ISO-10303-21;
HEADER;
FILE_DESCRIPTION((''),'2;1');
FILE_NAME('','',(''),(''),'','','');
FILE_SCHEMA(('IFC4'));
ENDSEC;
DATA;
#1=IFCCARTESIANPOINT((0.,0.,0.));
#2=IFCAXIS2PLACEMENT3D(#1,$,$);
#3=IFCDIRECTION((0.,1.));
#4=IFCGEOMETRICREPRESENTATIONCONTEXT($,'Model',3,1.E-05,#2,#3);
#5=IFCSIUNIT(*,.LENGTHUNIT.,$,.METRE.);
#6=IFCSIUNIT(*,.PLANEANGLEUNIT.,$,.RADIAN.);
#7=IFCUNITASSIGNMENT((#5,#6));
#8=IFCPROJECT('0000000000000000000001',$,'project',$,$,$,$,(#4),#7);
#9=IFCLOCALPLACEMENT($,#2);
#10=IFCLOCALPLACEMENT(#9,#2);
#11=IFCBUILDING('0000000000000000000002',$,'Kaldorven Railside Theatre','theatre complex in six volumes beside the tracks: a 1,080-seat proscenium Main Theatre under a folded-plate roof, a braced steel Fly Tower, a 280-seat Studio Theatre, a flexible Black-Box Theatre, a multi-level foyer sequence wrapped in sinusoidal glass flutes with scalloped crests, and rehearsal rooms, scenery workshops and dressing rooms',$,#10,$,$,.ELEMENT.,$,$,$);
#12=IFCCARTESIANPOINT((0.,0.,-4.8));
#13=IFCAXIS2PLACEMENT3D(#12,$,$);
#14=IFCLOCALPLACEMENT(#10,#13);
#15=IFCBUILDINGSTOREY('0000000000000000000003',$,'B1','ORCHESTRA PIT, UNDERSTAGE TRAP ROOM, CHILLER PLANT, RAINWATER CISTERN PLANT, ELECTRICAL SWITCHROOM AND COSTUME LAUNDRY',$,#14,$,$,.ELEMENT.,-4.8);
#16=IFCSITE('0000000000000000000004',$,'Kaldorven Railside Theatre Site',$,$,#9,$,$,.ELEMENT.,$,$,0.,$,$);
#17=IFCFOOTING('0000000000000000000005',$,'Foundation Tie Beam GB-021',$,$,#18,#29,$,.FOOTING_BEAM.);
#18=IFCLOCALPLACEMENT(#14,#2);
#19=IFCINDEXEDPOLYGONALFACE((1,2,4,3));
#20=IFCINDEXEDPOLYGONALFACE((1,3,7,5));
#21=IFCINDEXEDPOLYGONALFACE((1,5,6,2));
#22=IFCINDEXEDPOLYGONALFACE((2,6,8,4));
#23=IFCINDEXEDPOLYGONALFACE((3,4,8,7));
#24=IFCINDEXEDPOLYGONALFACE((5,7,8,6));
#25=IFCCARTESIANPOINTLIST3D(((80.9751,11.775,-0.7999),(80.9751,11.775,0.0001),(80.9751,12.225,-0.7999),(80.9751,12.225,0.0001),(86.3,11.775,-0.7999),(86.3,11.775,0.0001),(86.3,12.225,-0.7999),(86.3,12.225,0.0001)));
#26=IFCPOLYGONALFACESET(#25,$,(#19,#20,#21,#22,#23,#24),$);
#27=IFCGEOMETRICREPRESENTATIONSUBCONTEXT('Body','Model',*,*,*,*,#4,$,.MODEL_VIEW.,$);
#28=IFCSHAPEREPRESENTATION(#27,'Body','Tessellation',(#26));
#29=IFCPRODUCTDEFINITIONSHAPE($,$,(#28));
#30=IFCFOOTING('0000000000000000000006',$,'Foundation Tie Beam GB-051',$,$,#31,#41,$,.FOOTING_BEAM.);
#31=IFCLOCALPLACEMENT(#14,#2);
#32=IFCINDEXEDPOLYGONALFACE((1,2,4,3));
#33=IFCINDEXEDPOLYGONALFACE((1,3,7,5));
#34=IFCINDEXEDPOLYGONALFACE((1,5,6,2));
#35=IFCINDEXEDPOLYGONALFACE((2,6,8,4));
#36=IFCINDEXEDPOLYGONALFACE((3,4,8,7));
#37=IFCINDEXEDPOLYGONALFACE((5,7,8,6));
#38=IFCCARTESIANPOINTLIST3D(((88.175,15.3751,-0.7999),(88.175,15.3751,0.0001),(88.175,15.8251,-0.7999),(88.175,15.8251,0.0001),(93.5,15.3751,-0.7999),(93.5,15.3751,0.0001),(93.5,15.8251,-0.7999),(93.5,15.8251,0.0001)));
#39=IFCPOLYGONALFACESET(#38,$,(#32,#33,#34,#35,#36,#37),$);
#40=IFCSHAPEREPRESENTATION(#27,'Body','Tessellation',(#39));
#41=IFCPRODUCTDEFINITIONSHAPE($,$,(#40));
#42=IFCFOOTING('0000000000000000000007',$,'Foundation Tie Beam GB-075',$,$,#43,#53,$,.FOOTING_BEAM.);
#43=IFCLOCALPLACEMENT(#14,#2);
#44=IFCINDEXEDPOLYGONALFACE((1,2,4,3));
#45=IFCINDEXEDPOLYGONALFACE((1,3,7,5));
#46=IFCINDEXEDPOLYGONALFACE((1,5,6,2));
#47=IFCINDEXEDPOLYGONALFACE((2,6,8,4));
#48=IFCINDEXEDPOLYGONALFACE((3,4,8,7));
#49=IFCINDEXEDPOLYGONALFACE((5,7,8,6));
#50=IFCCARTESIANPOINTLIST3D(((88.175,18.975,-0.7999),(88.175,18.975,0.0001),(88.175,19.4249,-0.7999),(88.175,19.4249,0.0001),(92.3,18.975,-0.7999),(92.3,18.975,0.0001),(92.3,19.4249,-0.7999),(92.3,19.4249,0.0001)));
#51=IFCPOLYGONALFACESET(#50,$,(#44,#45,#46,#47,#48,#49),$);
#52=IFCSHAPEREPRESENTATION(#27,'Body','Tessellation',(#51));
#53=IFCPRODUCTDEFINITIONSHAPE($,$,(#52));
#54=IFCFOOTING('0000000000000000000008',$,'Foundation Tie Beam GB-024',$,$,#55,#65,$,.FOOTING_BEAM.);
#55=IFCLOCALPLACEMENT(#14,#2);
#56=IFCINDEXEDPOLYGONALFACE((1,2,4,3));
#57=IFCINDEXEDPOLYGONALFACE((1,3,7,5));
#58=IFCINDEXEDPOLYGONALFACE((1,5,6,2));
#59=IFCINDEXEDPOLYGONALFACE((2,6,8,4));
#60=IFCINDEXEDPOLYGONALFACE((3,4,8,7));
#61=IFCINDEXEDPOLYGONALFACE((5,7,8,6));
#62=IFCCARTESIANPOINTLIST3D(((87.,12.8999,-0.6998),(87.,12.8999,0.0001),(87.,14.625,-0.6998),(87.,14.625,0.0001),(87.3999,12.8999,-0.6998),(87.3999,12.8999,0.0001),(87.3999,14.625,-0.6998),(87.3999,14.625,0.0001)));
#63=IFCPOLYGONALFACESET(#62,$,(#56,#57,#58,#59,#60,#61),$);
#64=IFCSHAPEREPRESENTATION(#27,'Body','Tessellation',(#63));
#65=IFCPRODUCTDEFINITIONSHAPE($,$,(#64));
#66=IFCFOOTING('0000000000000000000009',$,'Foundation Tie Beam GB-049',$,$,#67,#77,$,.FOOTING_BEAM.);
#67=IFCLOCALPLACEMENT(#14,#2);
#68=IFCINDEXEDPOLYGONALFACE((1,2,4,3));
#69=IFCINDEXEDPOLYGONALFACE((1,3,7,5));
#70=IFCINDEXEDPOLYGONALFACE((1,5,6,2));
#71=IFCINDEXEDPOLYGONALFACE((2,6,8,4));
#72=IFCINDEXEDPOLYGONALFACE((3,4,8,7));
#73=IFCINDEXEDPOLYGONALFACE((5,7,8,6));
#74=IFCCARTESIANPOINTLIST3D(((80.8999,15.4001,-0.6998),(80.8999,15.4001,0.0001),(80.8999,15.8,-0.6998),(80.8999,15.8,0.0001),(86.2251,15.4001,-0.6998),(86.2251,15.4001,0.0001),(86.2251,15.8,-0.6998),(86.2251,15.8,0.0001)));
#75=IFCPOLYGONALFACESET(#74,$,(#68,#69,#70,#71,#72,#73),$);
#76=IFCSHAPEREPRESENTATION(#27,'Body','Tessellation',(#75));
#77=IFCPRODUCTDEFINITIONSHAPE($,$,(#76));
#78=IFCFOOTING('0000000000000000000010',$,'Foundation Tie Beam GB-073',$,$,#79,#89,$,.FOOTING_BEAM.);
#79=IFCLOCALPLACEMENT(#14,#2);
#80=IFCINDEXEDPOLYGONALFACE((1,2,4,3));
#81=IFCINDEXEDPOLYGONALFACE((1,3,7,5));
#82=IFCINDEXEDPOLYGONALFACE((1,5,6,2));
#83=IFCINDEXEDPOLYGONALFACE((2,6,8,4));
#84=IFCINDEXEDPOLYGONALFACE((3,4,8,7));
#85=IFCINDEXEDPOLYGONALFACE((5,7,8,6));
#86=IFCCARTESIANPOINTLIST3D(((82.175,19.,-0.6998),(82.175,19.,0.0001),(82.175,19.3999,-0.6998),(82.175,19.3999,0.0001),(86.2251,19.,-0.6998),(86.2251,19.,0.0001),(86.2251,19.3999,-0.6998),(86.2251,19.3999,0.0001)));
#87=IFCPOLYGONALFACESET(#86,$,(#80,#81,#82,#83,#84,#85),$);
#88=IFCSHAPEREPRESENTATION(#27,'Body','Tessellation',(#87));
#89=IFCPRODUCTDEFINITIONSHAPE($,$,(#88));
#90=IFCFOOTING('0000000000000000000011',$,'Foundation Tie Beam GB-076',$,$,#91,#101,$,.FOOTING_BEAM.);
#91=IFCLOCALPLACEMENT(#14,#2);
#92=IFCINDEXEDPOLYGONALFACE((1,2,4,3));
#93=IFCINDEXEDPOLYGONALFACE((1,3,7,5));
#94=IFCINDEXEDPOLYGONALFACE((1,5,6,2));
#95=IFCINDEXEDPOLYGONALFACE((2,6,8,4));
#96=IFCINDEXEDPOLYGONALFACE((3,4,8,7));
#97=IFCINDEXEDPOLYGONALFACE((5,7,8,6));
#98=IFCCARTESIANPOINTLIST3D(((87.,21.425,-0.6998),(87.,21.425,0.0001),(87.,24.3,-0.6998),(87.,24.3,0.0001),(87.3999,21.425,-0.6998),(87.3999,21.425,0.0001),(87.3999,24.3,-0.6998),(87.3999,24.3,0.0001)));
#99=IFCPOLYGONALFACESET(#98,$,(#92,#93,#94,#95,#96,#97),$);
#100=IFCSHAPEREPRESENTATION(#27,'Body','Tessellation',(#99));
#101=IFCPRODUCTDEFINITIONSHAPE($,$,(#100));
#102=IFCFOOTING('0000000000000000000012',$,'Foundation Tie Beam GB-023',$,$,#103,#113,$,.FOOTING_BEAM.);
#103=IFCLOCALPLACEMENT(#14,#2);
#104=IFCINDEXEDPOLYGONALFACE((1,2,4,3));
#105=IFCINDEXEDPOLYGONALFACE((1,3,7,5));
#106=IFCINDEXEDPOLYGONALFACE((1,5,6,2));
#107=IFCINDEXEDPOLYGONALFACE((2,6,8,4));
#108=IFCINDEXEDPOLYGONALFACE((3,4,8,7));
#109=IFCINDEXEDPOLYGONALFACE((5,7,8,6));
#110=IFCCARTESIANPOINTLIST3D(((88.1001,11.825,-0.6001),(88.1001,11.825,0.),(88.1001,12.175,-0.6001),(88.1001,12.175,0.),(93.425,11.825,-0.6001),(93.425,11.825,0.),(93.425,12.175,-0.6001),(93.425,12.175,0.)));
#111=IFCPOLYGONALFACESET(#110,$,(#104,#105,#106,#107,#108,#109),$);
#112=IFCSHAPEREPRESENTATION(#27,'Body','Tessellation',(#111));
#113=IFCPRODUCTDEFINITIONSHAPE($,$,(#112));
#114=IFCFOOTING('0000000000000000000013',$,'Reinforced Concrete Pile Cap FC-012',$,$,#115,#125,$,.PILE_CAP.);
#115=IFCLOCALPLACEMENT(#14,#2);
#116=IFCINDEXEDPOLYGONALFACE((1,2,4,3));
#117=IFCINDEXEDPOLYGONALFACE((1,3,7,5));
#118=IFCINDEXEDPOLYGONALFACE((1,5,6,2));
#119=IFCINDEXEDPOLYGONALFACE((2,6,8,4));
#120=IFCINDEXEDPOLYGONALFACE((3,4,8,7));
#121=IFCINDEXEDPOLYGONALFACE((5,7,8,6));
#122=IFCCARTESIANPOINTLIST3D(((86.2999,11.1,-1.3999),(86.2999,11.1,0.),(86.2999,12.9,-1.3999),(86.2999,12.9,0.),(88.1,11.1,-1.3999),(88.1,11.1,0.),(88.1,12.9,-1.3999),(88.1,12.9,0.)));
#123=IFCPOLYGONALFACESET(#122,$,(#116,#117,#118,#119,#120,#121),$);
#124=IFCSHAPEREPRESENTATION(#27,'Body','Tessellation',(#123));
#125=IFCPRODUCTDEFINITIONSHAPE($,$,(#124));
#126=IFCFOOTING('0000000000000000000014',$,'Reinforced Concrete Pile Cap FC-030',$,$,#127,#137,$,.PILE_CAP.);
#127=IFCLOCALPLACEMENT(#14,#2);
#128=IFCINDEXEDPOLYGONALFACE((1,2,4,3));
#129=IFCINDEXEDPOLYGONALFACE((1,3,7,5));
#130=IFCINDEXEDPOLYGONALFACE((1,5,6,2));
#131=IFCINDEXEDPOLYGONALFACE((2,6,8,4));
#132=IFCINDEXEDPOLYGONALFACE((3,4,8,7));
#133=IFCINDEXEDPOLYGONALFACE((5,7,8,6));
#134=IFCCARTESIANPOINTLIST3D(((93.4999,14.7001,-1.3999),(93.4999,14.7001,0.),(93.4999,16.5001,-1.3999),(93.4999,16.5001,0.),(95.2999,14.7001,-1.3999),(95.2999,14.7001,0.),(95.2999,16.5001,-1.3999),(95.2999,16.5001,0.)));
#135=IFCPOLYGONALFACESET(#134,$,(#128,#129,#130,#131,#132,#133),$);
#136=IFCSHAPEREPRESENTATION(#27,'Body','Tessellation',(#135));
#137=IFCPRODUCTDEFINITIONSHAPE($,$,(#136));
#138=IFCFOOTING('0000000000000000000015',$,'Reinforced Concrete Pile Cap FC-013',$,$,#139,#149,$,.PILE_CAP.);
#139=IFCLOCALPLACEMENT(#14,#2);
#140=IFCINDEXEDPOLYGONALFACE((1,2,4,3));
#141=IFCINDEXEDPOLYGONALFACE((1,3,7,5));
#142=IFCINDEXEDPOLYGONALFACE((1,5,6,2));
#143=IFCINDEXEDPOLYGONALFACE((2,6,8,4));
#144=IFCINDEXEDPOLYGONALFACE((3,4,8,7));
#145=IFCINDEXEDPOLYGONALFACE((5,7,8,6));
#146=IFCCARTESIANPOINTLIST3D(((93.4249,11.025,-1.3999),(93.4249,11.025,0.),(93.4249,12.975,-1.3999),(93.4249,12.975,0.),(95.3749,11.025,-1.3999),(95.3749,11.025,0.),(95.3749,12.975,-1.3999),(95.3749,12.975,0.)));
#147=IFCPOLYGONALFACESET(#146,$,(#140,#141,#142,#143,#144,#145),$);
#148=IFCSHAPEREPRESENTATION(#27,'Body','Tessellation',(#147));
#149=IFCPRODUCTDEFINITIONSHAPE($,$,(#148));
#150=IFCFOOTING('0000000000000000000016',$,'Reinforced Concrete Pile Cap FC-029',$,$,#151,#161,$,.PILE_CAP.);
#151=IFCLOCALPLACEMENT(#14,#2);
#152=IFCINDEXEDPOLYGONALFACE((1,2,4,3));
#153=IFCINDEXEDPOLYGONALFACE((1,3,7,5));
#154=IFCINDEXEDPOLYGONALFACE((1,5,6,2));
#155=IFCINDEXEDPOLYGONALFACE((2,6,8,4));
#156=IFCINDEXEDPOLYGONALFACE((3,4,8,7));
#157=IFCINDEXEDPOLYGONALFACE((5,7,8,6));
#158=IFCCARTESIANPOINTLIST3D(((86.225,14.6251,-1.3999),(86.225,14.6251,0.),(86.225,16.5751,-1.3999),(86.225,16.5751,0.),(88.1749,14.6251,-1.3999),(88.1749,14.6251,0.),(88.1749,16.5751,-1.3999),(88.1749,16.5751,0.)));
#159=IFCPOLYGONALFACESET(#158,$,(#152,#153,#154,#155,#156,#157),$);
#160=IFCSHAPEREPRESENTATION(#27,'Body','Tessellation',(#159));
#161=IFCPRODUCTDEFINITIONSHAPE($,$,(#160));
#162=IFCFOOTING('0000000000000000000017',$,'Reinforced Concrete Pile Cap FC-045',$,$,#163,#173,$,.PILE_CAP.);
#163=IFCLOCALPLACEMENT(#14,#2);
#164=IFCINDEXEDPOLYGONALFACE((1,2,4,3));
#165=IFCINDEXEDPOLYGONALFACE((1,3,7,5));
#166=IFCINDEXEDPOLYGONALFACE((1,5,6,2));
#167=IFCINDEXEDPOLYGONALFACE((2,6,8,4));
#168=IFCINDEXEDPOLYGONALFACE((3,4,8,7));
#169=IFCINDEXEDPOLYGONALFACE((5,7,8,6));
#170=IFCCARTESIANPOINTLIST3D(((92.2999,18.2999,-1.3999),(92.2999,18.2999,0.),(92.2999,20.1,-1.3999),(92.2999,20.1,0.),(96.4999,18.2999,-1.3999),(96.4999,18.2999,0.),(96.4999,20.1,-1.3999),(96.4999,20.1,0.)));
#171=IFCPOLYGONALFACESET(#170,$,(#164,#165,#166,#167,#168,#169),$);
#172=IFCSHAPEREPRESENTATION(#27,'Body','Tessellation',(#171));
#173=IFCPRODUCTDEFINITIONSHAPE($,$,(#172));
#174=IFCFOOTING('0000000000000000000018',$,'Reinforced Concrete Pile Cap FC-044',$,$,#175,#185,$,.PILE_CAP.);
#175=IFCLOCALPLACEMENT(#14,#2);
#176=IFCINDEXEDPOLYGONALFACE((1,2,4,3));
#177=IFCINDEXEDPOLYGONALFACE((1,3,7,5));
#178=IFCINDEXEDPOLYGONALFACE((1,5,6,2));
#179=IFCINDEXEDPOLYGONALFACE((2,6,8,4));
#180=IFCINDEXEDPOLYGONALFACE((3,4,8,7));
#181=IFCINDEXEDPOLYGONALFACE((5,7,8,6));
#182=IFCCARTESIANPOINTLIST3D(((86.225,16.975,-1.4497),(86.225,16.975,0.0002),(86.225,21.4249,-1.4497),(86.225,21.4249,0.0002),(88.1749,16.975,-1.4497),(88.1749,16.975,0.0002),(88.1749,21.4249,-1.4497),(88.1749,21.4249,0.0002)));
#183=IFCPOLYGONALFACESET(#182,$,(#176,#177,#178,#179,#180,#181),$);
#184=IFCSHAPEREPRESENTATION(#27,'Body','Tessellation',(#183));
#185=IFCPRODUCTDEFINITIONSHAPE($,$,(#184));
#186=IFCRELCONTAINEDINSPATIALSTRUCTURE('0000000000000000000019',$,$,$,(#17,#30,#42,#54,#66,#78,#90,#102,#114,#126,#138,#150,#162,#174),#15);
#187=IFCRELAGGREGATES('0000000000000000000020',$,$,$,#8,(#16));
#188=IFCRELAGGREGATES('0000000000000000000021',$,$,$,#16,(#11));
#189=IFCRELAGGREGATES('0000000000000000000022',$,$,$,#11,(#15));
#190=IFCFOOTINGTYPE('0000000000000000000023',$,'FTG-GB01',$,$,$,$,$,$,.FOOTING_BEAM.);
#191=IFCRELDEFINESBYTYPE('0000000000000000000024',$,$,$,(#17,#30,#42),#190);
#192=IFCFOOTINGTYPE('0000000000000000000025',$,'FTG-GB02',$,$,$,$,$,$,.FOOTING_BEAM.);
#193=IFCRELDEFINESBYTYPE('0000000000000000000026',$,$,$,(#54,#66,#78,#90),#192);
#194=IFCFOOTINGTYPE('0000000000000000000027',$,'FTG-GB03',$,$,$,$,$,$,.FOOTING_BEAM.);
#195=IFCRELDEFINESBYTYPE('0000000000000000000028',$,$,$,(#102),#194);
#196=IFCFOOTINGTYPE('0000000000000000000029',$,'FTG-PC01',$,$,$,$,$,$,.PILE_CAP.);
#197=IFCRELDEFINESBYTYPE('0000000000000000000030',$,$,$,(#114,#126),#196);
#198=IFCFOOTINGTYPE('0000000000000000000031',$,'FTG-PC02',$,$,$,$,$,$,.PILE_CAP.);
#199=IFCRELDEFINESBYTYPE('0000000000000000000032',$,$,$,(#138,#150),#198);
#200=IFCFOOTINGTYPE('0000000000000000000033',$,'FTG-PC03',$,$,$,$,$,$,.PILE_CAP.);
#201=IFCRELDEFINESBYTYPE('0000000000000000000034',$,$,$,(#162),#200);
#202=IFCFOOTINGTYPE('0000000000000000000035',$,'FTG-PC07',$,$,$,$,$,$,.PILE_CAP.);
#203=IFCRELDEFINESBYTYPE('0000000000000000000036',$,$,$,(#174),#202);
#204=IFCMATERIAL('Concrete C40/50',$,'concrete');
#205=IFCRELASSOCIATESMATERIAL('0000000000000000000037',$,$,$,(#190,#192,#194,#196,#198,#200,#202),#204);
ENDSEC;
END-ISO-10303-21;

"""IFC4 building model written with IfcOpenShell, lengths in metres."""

from ifc_helpers import new_model, si_unit, direction, frame, origin, origin_2d, place, context, subcontext, project, spatial, rectangle, extrude, material, material_profile, profile_set, type_object, element, save


model = new_model("IFC4")

# Units and contexts
model_context = context("Model", 3, precision=1e-05, world=origin(), true_north=direction((0.0, 1.0)))
body_context = subcontext(model_context, "Body", "Model", "MODEL_VIEW")
ifc_project = project(units=[si_unit("LENGTHUNIT", "METRE"), si_unit("PLANEANGLEUNIT", "RADIAN")], contexts=[model_context])

# Site, building, storey
site_placement = place(None, origin())
site = spatial("IfcSite", under=ifc_project, at=site_placement, Name="Kaldorven Railside Theatre Site", CompositionType="ELEMENT", RefElevation=0.0)
building_placement = place(site_placement, origin())
building = spatial("IfcBuilding", under=site, at=building_placement, Name="Kaldorven Railside Theatre", Description="theatre complex in six volumes beside the tracks: a 1,080-seat proscenium Main Theatre under a folded-plate roof, a braced steel Fly Tower, a 280-seat Studio Theatre, a flexible Black-Box Theatre, a multi-level foyer sequence wrapped in sinusoidal glass flutes with scalloped crests, and rehearsal rooms, scenery workshops and dressing rooms", CompositionType="ELEMENT")
storey_placement = place(building_placement, frame((0.0, 0.0, -4.8)))
storey = spatial("IfcBuildingStorey", under=building, at=storey_placement, Name="B1", Description="ORCHESTRA PIT, UNDERSTAGE TRAP ROOM, CHILLER PLANT, RAINWATER CISTERN PLANT, ELECTRICAL SWITCHROOM AND COSTUME LAUNDRY", CompositionType="ELEMENT", Elevation=-4.8)

# Footings
ifc_material_1 = material(Name="Concrete C40/50", Category="concrete")
ifc_material_profile_1 = material_profile(ifc_material_1, rectangle(XDim=0.45, YDim=0.8, at=origin_2d()), Name="RC 450x800")
ifc_profile_set_1 = profile_set([ifc_material_profile_1], Name="Concrete C40/50")
footing_type_1 = type_object("IfcFootingType", Name="FTG-GB01", PredefinedType="FOOTING_BEAM", material=ifc_profile_set_1)
for number, where, z_axis, x_axis, name in (
    (1, (80.9751, 12.0, -0.3999), (1.0, 0.0, 0.0), (0.0, 1.0, 0.0), "Foundation Tie Beam GB-021"),
    (2, (88.175, 15.6001, -0.3999), (1.0, 0.0, 0.0), (0.0, 1.0, 0.0), "Foundation Tie Beam GB-051"),
):
    element("IfcFooting", number, at=place(storey_placement, frame(where, z_axis=z_axis, x_axis=x_axis)), inside=storey, type_object=footing_type_1, Name=name, PredefinedType="FOOTING_BEAM", context=body_context, shape_type="SweptSolid", body=[
        extrude(rectangle(XDim=0.45, YDim=0.8, at=origin_2d()), origin(), (0.0, 0.0, 1.0), 5.325),
    ])
footing_1_placement = place(storey_placement, frame((88.175, 19.2, -0.3999), z_axis=(1.0, 0.0, 0.0), x_axis=(0.0, 1.0, 0.0)))
element("IfcFooting", 3, at=footing_1_placement, inside=storey, type_object=footing_type_1, Name="Foundation Tie Beam GB-075", PredefinedType="FOOTING_BEAM", context=body_context, shape_type="SweptSolid", body=[
    extrude(rectangle(XDim=0.45, YDim=0.8, at=origin_2d()), origin(), (0.0, 0.0, 1.0), 4.125),
])
ifc_material_profile_2 = material_profile(ifc_material_1, rectangle(XDim=0.3999, YDim=0.7, at=origin_2d()), Name="RC 400x700")
ifc_profile_set_2 = profile_set([ifc_material_profile_2], Name="Concrete C40/50")
footing_type_2 = type_object("IfcFootingType", Name="FTG-GB02", PredefinedType="FOOTING_BEAM", material=ifc_profile_set_2)
footing_2_placement = place(storey_placement, frame((87.2, 12.8999, -0.3499), z_axis=(0.0, 1.0, 0.0), x_axis=(-1.0, 0.0, 0.0)))
element("IfcFooting", 4, at=footing_2_placement, inside=storey, type_object=footing_type_2, Name="Foundation Tie Beam GB-024", PredefinedType="FOOTING_BEAM", context=body_context, shape_type="SweptSolid", body=[
    extrude(rectangle(XDim=0.3999, YDim=0.7, at=origin_2d()), origin(), (0.0, 0.0, 1.0), 1.7251),
])
footing_3_placement = place(storey_placement, frame((80.8999, 15.6001, -0.3499), z_axis=(1.0, 0.0, 0.0), x_axis=(0.0, 1.0, 0.0)))
element("IfcFooting", 5, at=footing_3_placement, inside=storey, type_object=footing_type_2, Name="Foundation Tie Beam GB-049", PredefinedType="FOOTING_BEAM", context=body_context, shape_type="SweptSolid", body=[
    extrude(rectangle(XDim=0.3999, YDim=0.7, at=origin_2d()), origin(), (0.0, 0.0, 1.0), 5.3252),
])
footing_4_placement = place(storey_placement, frame((82.175, 19.2, -0.3499), z_axis=(1.0, 0.0, 0.0), x_axis=(0.0, 1.0, 0.0)))
element("IfcFooting", 6, at=footing_4_placement, inside=storey, type_object=footing_type_2, Name="Foundation Tie Beam GB-073", PredefinedType="FOOTING_BEAM", context=body_context, shape_type="SweptSolid", body=[
    extrude(rectangle(XDim=0.3999, YDim=0.7, at=origin_2d()), origin(), (0.0, 0.0, 1.0), 4.05),
])
footing_5_placement = place(storey_placement, frame((87.2, 21.425, -0.3499), z_axis=(0.0, 1.0, 0.0), x_axis=(-1.0, 0.0, 0.0)))
element("IfcFooting", 7, at=footing_5_placement, inside=storey, type_object=footing_type_2, Name="Foundation Tie Beam GB-076", PredefinedType="FOOTING_BEAM", context=body_context, shape_type="SweptSolid", body=[
    extrude(rectangle(XDim=0.3999, YDim=0.7, at=origin_2d()), origin(), (0.0, 0.0, 1.0), 2.875),
])
ifc_material_profile_3 = material_profile(ifc_material_1, rectangle(XDim=0.3501, YDim=0.6001, at=origin_2d()), Name="RC 350x600")
ifc_profile_set_3 = profile_set([ifc_material_profile_3], Name="Concrete C40/50")
footing_type_3 = type_object("IfcFootingType", Name="FTG-GB03", PredefinedType="FOOTING_BEAM", material=ifc_profile_set_3)
footing_6_placement = place(storey_placement, frame((88.1001, 12.0, -0.3), z_axis=(1.0, 0.0, 0.0), x_axis=(0.0, 1.0, 0.0)))
element("IfcFooting", 8, at=footing_6_placement, inside=storey, type_object=footing_type_3, Name="Foundation Tie Beam GB-023", PredefinedType="FOOTING_BEAM", context=body_context, shape_type="SweptSolid", body=[
    extrude(rectangle(XDim=0.3501, YDim=0.6001, at=origin_2d()), origin(), (0.0, 0.0, 1.0), 5.325),
])
footing_type_4 = type_object("IfcFootingType", Name="FTG-PC01", PredefinedType="PILE_CAP", material=ifc_material_1)
for number, where, z_axis, x_axis, name in (
    (9, (87.2, 12.0, -1.3999), (0.0, 0.0, 1.0), (1.0, 0.0, 0.0), "Reinforced Concrete Pile Cap FC-012"),
    (10, (94.3999, 15.6001, -1.3999), (0.0, 0.0, 1.0), (1.0, 0.0, 0.0), "Reinforced Concrete Pile Cap FC-030"),
):
    element("IfcFooting", number, at=place(storey_placement, frame(where, z_axis=z_axis, x_axis=x_axis)), inside=storey, type_object=footing_type_4, Name=name, PredefinedType="PILE_CAP", context=body_context, shape_type="SweptSolid", body=[
        extrude(rectangle(XDim=1.8, YDim=1.8, at=origin_2d()), origin(), (0.0, 0.0, 1.0), 1.3999),
    ])
footing_type_5 = type_object("IfcFootingType", Name="FTG-PC02", PredefinedType="PILE_CAP", material=ifc_material_1)
for number, where, z_axis, x_axis, name in (
    (11, (94.3999, 12.0, -1.3999), (0.0, 0.0, 1.0), (1.0, 0.0, 0.0), "Reinforced Concrete Pile Cap FC-013"),
    (12, (87.2, 15.6001, -1.3999), (0.0, 0.0, 1.0), (1.0, 0.0, 0.0), "Reinforced Concrete Pile Cap FC-029"),
):
    element("IfcFooting", number, at=place(storey_placement, frame(where, z_axis=z_axis, x_axis=x_axis)), inside=storey, type_object=footing_type_5, Name=name, PredefinedType="PILE_CAP", context=body_context, shape_type="SweptSolid", body=[
        extrude(rectangle(XDim=1.95, YDim=1.95, at=origin_2d()), origin(), (0.0, 0.0, 1.0), 1.3999),
    ])
footing_type_6 = type_object("IfcFootingType", Name="FTG-PC03", PredefinedType="PILE_CAP", material=ifc_material_1)
footing_7_placement = place(storey_placement, frame((94.3999, 19.2, -1.3999), z_axis=(0.0, 0.0, 1.0), x_axis=(1.0, 0.0, 0.0)))
element("IfcFooting", 13, at=footing_7_placement, inside=storey, type_object=footing_type_6, Name="Reinforced Concrete Pile Cap FC-045", PredefinedType="PILE_CAP", context=body_context, shape_type="SweptSolid", body=[
    extrude(rectangle(XDim=4.2, YDim=1.8, at=origin_2d()), origin(), (0.0, 0.0, 1.0), 1.3999),
])
footing_type_7 = type_object("IfcFootingType", Name="FTG-PC07", PredefinedType="PILE_CAP", material=ifc_material_1)
footing_8_placement = place(storey_placement, frame((87.2, 19.2, -1.4497), z_axis=(0.0, 0.0, 1.0), x_axis=(1.0, 0.0, 0.0)))
element("IfcFooting", 14, at=footing_8_placement, inside=storey, type_object=footing_type_7, Name="Reinforced Concrete Pile Cap FC-044", PredefinedType="PILE_CAP", context=body_context, shape_type="SweptSolid", body=[
    extrude(rectangle(XDim=1.95, YDim=4.45, at=origin_2d()), origin(), (0.0, 0.0, 1.0), 1.45),
])

save(model, "model.ifc")
